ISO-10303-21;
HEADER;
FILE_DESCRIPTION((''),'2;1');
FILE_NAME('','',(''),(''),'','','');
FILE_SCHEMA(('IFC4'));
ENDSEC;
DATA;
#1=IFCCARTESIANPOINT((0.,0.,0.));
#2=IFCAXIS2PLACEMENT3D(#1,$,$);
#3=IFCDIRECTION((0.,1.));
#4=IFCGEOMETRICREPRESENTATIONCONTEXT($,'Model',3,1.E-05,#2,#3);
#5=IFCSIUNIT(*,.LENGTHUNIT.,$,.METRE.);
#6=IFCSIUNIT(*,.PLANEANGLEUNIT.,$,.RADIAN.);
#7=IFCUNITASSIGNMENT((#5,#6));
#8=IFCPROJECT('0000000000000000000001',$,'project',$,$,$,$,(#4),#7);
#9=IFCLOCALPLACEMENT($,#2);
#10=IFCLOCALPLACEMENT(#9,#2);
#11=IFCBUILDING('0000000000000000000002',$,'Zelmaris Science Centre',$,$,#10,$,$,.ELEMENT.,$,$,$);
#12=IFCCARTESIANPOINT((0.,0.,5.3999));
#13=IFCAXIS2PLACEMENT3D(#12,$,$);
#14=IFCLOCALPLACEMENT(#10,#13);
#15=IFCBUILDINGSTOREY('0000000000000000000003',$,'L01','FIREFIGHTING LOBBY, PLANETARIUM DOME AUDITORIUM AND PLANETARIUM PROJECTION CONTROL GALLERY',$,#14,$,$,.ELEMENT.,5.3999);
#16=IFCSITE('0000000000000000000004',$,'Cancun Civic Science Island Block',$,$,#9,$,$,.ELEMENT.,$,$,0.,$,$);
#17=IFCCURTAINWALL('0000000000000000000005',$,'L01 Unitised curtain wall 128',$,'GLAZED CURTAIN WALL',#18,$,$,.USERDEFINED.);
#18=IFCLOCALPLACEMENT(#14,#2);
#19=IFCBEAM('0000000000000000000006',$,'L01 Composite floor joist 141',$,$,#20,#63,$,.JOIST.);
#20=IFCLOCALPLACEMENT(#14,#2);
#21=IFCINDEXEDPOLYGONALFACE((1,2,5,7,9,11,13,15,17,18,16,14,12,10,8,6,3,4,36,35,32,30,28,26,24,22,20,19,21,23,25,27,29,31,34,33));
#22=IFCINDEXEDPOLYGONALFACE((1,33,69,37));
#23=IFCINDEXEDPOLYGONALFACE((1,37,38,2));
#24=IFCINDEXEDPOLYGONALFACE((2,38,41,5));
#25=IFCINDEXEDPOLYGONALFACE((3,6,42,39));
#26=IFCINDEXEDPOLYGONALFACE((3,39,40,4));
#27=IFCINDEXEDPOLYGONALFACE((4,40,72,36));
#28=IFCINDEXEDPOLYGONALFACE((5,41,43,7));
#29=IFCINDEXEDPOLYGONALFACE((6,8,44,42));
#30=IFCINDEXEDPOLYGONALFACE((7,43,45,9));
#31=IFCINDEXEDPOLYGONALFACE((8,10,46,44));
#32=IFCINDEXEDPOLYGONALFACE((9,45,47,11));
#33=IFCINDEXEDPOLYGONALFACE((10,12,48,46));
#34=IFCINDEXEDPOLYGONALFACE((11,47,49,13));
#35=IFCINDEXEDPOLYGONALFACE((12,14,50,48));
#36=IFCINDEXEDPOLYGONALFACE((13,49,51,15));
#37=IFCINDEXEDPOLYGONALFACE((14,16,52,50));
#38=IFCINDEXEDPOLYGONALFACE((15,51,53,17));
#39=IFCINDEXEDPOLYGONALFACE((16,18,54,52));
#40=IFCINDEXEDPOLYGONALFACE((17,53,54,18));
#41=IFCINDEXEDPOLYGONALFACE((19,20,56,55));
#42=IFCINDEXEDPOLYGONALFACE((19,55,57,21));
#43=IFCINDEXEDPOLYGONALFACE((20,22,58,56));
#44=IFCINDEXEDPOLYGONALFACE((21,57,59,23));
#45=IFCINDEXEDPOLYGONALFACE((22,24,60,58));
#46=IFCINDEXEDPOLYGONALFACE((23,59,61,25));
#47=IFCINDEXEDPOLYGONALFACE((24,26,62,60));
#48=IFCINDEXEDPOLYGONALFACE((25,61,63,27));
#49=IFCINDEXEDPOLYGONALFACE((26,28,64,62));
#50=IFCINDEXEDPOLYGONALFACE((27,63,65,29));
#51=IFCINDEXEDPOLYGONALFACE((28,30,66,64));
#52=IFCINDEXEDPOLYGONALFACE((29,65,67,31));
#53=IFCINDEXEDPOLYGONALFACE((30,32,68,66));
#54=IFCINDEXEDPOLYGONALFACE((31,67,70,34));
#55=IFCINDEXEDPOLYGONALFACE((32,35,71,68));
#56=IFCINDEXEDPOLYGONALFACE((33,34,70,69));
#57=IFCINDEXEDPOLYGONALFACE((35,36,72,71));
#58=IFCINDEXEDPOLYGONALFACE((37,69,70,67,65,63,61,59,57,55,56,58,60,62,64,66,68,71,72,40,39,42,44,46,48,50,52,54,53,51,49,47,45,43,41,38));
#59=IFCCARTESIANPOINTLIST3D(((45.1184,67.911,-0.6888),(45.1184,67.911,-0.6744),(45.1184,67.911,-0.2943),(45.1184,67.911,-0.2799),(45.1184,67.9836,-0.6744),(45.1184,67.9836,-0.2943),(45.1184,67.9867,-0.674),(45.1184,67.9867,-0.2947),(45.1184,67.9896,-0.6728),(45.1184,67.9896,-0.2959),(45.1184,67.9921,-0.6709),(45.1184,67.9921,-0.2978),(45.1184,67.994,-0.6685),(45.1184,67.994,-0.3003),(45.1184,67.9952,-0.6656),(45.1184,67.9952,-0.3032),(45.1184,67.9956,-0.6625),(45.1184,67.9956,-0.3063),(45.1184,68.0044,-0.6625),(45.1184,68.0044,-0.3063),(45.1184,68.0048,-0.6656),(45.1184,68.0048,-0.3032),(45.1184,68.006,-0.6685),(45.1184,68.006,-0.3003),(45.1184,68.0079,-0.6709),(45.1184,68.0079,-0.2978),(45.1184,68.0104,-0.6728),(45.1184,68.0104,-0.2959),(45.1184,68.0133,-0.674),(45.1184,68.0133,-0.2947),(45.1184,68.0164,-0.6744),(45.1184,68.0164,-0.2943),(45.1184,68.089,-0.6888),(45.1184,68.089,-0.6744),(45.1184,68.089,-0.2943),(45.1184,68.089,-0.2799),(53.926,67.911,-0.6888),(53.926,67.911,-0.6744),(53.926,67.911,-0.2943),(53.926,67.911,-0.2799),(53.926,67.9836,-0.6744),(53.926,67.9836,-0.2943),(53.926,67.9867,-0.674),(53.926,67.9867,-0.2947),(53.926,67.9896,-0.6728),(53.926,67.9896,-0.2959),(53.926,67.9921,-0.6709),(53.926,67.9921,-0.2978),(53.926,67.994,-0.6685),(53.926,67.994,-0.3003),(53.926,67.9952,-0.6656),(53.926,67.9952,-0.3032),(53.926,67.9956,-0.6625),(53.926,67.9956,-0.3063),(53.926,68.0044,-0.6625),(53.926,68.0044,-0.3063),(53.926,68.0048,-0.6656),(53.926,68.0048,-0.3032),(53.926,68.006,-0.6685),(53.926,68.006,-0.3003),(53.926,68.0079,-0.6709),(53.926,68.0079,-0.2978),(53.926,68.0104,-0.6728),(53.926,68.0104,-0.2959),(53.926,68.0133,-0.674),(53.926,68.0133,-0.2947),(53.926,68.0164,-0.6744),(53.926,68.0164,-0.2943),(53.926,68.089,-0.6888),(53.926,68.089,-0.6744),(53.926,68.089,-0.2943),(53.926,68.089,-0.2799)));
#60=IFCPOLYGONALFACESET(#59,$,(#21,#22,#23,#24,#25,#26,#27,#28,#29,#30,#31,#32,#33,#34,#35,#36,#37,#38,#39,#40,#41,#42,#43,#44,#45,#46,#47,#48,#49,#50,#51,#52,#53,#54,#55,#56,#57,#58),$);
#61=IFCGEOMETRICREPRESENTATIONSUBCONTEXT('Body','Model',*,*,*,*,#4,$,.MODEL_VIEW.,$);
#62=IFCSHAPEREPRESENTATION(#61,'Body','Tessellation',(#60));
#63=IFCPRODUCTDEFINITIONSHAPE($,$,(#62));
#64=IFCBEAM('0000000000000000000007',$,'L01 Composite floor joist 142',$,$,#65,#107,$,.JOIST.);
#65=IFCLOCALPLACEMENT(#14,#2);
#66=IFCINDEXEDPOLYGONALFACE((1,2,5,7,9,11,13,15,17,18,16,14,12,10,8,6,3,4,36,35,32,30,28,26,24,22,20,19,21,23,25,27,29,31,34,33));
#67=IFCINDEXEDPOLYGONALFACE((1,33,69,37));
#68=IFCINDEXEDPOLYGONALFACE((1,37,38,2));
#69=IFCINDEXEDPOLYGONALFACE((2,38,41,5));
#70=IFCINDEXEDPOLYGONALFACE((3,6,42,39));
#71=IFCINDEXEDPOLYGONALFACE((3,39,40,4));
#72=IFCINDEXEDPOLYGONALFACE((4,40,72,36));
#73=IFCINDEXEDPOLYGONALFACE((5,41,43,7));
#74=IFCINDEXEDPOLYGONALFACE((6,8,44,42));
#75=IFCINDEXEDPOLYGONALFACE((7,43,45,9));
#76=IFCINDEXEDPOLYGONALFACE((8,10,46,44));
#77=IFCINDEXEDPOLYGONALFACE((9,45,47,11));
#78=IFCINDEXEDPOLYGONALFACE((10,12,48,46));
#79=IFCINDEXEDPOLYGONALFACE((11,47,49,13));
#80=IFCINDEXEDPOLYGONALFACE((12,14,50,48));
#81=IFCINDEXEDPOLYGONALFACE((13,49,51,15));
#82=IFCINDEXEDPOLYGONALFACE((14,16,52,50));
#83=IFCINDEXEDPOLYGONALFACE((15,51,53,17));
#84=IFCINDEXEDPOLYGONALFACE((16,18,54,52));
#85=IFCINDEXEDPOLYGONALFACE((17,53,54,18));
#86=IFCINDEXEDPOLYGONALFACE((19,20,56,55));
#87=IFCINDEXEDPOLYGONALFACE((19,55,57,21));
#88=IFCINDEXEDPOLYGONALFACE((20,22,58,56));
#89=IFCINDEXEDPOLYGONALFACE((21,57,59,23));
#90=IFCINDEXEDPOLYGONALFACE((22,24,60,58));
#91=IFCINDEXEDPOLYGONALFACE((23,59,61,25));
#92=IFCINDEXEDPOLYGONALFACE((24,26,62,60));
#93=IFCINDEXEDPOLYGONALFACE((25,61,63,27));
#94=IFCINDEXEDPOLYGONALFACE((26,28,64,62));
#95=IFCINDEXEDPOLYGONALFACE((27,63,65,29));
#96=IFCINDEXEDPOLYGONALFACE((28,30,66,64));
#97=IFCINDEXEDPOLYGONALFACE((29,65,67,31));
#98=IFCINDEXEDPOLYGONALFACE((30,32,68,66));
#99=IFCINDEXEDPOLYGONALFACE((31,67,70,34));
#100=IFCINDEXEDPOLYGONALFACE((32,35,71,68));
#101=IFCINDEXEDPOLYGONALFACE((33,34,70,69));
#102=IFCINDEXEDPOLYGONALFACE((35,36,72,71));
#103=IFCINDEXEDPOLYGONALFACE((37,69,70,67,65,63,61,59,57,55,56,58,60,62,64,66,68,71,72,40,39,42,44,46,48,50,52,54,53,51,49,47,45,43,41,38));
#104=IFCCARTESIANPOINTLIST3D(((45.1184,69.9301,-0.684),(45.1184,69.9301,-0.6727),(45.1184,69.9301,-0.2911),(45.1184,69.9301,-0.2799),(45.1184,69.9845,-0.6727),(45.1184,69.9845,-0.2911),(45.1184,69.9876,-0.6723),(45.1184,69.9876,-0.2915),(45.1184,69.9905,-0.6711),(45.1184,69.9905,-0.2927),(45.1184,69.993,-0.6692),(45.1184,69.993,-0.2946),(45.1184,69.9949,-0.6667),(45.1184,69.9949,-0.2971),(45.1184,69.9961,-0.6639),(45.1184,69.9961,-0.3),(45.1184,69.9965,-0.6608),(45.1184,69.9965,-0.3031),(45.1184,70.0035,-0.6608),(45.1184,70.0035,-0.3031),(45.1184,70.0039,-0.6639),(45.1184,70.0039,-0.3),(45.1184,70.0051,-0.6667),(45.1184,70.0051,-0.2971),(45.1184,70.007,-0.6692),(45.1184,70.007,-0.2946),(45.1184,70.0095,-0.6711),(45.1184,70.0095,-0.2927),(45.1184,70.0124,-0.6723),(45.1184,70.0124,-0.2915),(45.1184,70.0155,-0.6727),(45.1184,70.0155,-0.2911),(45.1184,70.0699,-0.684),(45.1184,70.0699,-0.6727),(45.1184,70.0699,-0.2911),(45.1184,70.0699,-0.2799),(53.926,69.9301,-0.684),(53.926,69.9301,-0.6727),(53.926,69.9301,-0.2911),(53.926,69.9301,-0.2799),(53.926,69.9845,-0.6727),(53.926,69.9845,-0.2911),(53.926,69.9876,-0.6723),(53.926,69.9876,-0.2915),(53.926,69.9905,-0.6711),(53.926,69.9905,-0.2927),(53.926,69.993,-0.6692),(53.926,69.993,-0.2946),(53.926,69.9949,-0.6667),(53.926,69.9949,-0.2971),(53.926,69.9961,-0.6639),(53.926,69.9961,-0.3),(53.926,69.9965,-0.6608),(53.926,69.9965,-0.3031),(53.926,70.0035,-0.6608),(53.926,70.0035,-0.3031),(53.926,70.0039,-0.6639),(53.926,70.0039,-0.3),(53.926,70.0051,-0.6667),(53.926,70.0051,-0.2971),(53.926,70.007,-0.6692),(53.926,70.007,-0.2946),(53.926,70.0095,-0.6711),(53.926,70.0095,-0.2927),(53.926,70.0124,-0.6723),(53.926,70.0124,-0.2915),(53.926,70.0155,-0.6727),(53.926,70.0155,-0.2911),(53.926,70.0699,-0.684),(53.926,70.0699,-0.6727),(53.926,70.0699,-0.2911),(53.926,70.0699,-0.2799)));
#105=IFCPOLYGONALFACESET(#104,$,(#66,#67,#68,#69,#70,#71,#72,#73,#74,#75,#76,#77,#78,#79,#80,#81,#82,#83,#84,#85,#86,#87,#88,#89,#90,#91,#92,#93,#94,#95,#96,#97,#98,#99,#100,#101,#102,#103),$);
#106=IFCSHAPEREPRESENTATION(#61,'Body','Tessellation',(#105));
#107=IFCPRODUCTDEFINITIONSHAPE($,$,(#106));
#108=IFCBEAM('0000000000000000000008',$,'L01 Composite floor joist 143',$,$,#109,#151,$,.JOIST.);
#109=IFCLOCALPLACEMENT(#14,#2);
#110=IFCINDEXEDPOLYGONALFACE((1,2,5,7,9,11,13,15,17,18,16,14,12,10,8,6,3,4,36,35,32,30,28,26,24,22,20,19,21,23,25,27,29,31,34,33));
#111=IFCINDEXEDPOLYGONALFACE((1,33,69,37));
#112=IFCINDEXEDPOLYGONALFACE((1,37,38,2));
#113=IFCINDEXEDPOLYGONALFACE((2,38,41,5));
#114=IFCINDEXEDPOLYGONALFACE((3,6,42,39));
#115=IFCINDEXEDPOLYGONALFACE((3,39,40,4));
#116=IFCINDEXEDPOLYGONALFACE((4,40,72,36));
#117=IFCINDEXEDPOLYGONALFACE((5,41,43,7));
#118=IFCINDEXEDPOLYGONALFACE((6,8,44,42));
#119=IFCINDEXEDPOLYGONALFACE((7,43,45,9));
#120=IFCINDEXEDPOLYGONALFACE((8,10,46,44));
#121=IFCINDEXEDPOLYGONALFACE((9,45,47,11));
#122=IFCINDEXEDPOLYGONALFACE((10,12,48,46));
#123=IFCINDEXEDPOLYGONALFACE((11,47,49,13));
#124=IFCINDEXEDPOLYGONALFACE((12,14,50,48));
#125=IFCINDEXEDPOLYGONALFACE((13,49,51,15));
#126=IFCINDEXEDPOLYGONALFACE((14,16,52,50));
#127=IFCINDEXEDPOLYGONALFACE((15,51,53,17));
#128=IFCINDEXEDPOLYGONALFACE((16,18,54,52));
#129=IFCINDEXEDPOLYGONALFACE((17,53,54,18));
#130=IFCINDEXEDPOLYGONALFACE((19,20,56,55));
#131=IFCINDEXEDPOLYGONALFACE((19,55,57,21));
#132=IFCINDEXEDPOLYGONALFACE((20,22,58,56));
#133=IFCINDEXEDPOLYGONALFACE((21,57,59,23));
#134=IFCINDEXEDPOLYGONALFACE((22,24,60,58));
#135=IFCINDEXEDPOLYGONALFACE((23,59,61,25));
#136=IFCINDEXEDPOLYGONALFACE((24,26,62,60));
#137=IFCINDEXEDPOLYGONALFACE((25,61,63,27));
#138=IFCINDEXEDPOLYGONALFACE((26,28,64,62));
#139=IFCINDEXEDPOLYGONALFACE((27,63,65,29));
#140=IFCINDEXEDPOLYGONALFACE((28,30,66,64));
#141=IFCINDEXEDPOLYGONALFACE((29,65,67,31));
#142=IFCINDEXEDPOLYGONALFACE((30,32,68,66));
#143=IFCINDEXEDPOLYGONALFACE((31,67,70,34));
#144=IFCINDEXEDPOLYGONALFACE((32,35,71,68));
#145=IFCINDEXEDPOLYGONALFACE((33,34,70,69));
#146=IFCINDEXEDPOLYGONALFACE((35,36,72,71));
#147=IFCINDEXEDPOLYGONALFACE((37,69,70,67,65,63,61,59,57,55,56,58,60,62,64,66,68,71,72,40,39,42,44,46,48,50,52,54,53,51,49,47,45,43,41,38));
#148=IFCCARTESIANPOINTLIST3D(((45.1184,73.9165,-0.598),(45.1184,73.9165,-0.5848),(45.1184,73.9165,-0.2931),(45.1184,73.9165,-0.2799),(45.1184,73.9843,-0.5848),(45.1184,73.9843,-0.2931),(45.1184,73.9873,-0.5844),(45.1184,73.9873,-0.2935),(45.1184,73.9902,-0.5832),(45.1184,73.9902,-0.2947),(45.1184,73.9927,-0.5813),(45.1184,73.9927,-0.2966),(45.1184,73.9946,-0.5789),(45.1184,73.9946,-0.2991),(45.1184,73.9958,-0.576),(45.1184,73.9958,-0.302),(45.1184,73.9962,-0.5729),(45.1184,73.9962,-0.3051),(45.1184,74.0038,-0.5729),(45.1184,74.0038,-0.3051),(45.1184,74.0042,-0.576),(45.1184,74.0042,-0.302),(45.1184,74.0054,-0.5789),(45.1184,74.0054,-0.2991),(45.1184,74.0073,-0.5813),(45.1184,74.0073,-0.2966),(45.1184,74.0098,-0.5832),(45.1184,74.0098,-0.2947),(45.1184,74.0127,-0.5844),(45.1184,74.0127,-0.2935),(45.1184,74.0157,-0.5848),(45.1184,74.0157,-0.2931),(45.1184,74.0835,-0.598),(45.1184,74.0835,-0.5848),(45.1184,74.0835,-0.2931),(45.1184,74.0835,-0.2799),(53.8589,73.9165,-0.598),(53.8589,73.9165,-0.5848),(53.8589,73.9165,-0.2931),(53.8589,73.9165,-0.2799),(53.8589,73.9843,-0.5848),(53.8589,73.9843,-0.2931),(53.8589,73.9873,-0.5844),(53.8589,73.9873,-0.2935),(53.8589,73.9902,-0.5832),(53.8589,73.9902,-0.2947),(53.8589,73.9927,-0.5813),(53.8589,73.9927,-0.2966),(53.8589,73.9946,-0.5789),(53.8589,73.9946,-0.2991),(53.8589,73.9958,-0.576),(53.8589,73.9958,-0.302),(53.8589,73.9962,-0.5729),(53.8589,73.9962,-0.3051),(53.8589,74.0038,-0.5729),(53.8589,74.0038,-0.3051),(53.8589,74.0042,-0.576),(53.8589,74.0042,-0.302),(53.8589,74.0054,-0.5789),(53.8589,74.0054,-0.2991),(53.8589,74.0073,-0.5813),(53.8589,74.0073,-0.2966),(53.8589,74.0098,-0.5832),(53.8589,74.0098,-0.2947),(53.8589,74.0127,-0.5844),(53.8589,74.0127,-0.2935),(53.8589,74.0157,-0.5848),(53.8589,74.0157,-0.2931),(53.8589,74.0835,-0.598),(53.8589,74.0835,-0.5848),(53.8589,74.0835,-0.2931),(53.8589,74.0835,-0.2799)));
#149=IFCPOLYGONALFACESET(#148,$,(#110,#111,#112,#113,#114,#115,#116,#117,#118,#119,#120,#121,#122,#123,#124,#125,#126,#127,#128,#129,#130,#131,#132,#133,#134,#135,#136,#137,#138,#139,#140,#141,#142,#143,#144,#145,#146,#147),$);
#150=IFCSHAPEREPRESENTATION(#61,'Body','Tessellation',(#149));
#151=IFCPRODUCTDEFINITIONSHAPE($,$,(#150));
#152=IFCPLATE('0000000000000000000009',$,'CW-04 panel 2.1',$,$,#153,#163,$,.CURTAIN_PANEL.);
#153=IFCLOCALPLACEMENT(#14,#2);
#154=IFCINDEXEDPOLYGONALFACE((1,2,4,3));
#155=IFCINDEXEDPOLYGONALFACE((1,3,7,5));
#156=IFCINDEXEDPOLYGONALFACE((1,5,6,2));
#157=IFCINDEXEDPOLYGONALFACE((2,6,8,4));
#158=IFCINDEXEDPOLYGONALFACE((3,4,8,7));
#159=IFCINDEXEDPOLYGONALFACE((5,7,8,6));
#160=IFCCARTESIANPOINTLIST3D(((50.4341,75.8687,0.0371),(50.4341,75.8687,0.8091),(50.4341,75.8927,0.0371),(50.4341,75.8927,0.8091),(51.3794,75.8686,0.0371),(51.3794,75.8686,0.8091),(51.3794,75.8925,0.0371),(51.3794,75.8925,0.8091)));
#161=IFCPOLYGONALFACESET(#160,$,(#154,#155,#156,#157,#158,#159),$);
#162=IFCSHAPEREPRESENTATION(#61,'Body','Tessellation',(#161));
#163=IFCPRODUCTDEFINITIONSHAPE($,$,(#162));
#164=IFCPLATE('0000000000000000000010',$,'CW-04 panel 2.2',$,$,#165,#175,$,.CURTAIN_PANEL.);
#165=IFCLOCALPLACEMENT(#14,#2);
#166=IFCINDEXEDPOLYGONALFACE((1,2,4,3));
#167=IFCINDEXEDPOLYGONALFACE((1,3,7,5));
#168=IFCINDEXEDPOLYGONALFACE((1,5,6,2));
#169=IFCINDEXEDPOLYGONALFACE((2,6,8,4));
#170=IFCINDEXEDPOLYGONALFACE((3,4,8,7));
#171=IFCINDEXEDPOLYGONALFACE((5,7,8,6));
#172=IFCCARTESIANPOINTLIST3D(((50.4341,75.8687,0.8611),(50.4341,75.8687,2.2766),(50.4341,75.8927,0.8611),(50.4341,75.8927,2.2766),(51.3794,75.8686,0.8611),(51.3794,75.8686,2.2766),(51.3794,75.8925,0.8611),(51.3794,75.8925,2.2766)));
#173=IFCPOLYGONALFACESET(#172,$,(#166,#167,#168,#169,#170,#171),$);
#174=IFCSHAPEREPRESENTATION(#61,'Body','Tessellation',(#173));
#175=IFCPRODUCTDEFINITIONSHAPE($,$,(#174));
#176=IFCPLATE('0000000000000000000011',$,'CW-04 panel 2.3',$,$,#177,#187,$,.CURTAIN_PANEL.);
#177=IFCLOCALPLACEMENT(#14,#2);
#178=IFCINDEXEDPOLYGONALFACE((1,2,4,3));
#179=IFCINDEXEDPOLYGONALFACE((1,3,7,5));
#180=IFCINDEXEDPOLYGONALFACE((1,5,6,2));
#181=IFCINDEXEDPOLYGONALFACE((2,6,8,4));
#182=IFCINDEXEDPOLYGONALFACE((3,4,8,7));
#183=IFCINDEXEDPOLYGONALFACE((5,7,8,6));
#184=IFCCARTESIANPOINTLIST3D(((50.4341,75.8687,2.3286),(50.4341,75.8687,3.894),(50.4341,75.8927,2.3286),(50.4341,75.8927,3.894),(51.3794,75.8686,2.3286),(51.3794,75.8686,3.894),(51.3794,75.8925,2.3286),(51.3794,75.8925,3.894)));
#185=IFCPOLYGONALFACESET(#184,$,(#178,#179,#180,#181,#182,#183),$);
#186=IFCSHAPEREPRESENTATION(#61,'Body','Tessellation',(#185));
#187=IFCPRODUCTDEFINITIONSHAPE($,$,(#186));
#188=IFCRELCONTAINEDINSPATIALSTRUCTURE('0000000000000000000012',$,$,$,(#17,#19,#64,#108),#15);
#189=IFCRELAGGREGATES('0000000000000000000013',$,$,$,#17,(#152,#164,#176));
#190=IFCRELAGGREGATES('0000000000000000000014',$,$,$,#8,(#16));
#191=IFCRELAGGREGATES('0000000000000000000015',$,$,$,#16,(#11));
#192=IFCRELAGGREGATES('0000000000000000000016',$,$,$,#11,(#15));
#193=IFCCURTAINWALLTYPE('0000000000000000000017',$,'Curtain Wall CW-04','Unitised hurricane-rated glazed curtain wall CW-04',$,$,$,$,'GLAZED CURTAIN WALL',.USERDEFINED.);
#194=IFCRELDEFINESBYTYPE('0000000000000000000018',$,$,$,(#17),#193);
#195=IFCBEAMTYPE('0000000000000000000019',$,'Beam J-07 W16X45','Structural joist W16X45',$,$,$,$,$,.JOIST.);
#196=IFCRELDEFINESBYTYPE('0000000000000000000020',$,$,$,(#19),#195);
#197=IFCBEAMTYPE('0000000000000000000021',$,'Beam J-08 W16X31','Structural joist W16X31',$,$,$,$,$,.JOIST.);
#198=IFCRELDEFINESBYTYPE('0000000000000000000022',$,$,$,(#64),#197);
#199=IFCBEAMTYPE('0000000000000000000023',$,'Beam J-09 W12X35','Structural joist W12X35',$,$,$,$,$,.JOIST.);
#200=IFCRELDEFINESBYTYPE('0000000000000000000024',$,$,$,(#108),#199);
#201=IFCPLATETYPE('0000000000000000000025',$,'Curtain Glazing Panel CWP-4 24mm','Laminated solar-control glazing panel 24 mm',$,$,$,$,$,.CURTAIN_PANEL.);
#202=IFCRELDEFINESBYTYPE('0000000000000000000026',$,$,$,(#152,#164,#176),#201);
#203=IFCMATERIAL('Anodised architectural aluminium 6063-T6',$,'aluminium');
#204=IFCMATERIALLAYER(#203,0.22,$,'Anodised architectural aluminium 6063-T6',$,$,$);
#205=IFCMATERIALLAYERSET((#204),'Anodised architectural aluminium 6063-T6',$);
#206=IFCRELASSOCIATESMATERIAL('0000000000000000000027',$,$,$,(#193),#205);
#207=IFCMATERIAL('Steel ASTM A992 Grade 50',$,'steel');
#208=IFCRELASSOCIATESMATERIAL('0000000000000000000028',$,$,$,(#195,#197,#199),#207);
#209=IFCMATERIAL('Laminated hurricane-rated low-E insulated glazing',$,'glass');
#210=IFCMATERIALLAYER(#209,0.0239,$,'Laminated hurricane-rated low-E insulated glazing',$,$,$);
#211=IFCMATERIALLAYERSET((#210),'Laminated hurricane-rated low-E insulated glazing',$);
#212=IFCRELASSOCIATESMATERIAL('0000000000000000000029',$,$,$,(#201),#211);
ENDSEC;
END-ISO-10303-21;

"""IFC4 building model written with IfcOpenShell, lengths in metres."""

from ifc_helpers import new_model, si_unit, direction, frame, origin, origin_2d, place, context, subcontext, project, spatial, rectangle, i_section, extrude, material, layer, layer_set, material_profile, profile_set, type_object, element, aggregate, save


model = new_model("IFC4")

# Units and contexts
model_context = context("Model", 3, precision=1e-05, world=origin(), true_north=direction((0.0, 1.0)))
body_context = subcontext(model_context, "Body", "Model", "MODEL_VIEW")
ifc_project = project(units=[si_unit("LENGTHUNIT", "METRE"), si_unit("PLANEANGLEUNIT", "RADIAN")], contexts=[model_context])

# Site, building, storey
site_placement = place(None, origin())
site = spatial("IfcSite", under=ifc_project, at=site_placement, Name="Cancun Civic Science Island Block", CompositionType="ELEMENT", RefElevation=0.0)
building_placement = place(site_placement, origin())
building = spatial("IfcBuilding", under=site, at=building_placement, Name="Zelmaris Science Centre", CompositionType="ELEMENT")
storey_placement = place(building_placement, frame((0.0, 0.0, 5.3999)))
storey = spatial("IfcBuildingStorey", under=building, at=storey_placement, Name="L01", Description="FIREFIGHTING LOBBY, PLANETARIUM DOME AUDITORIUM AND PLANETARIUM PROJECTION CONTROL GALLERY", CompositionType="ELEMENT", Elevation=5.3999)

# Curtain wall
ifc_material_1 = material(Name="Anodised architectural aluminium 6063-T6", Category="aluminium")
ifc_layer_1 = layer(ifc_material_1, 0.22, Name="Anodised architectural aluminium 6063-T6")
ifc_layer_set_1 = layer_set([ifc_layer_1], Name="Anodised architectural aluminium 6063-T6")
curtain_wall_type = type_object("IfcCurtainWallType", Name="Curtain Wall CW-04", Description="Unitised hurricane-rated glazed curtain wall CW-04", ElementType="GLAZED CURTAIN WALL", PredefinedType="USERDEFINED", material=ifc_layer_set_1)
curtain_wall_placement = place(storey_placement, origin())
curtain_wall = element("IfcCurtainWall", 1, at=curtain_wall_placement, inside=storey, type_object=curtain_wall_type, Name="L01 Unitised curtain wall 128", ObjectType="GLAZED CURTAIN WALL", PredefinedType="USERDEFINED")

# Beams
ifc_material_2 = material(Name="Steel ASTM A992 Grade 50", Category="steel")
ifc_material_profile_1 = material_profile(ifc_material_2, i_section(OverallWidth=0.178, OverallDepth=0.4089, WebThickness=0.0088, FlangeThickness=0.0144, FilletRadius=0.012, at=origin_2d()), Name="W16X45")
ifc_profile_set_1 = profile_set([ifc_material_profile_1], Name="Steel ASTM A992 Grade 50")
beam_type_1 = type_object("IfcBeamType", Name="Beam J-07 W16X45", Description="Structural joist W16X45", PredefinedType="JOIST", material=ifc_profile_set_1)
beam_1_placement = place(storey_placement, frame((45.1184, 68.0, -0.4844), z_axis=(1.0, 0.0, 0.0), x_axis=(0.0, 1.0, 0.0)))
element("IfcBeam", 2, at=beam_1_placement, inside=storey, type_object=beam_type_1, Name="L01 Composite floor joist 141", PredefinedType="JOIST", context=body_context, shape_type="SweptSolid", body=[
    extrude(i_section(OverallWidth=0.178, OverallDepth=0.4089, WebThickness=0.0088, FlangeThickness=0.0144, FilletRadius=0.012, at=origin_2d()), origin(), (0.0, 0.0, 1.0), 8.8076),
])
ifc_material_profile_2 = material_profile(ifc_material_2, i_section(OverallWidth=0.1399, OverallDepth=0.4041, WebThickness=0.0071, FlangeThickness=0.0112, FilletRadius=0.012, at=origin_2d()), Name="W16X31")
ifc_profile_set_2 = profile_set([ifc_material_profile_2], Name="Steel ASTM A992 Grade 50")
beam_type_2 = type_object("IfcBeamType", Name="Beam J-08 W16X31", Description="Structural joist W16X31", PredefinedType="JOIST", material=ifc_profile_set_2)
beam_2_placement = place(storey_placement, frame((45.1184, 70.0, -0.4819), z_axis=(1.0, 0.0, 0.0), x_axis=(0.0, 1.0, 0.0)))
element("IfcBeam", 3, at=beam_2_placement, inside=storey, type_object=beam_type_2, Name="L01 Composite floor joist 142", PredefinedType="JOIST", context=body_context, shape_type="SweptSolid", body=[
    extrude(i_section(OverallWidth=0.1399, OverallDepth=0.4041, WebThickness=0.0071, FlangeThickness=0.0112, FilletRadius=0.012, at=origin_2d()), origin(), (0.0, 0.0, 1.0), 8.8076),
])
ifc_material_profile_3 = material_profile(ifc_material_2, i_section(OverallWidth=0.167, OverallDepth=0.3181, WebThickness=0.0076, FlangeThickness=0.0132, FilletRadius=0.012, at=origin_2d()), Name="W12X35")
ifc_profile_set_3 = profile_set([ifc_material_profile_3], Name="Steel ASTM A992 Grade 50")
beam_type_3 = type_object("IfcBeamType", Name="Beam J-09 W12X35", Description="Structural joist W12X35", PredefinedType="JOIST", material=ifc_profile_set_3)
beam_3_placement = place(storey_placement, frame((45.1184, 74.0, -0.439), z_axis=(1.0, 0.0, 0.0), x_axis=(0.0, 1.0, 0.0)))
element("IfcBeam", 4, at=beam_3_placement, inside=storey, type_object=beam_type_3, Name="L01 Composite floor joist 143", PredefinedType="JOIST", context=body_context, shape_type="SweptSolid", body=[
    extrude(i_section(OverallWidth=0.167, OverallDepth=0.3181, WebThickness=0.0076, FlangeThickness=0.0132, FilletRadius=0.012, at=origin_2d()), origin(), (0.0, 0.0, 1.0), 8.7405),
])

# Plates
ifc_material_3 = material(Name="Laminated hurricane-rated low-E insulated glazing", Category="glass")
ifc_layer_2 = layer(ifc_material_3, 0.0239, Name="Laminated hurricane-rated low-E insulated glazing")
ifc_layer_set_2 = layer_set([ifc_layer_2], Name="Laminated hurricane-rated low-E insulated glazing")
plate_type = type_object("IfcPlateType", Name="Curtain Glazing Panel CWP-4 24mm", Description="Laminated solar-control glazing panel 24 mm", PredefinedType="CURTAIN_PANEL", material=ifc_layer_set_2)
plate_1_placement = place(storey_placement, frame((50.9067, 75.8806, 0.0371), z_axis=(0.0, 0.0, 1.0), x_axis=(1.0, -0.000201, 0.0)))
plate_1 = element("IfcPlate", 5, at=plate_1_placement, type_object=plate_type, Name="CW-04 panel 2.1", PredefinedType="CURTAIN_PANEL", context=body_context, shape_type="SweptSolid", body=[
    extrude(rectangle(XDim=0.9453, YDim=0.0239, at=origin_2d()), origin(), (0.0, 0.0, 1.0), 0.772),
])
plate_2_placement = place(storey_placement, frame((50.9067, 75.8806, 0.8611), z_axis=(0.0, 0.0, 1.0), x_axis=(1.0, -0.000201, 0.0)))
plate_2 = element("IfcPlate", 6, at=plate_2_placement, type_object=plate_type, Name="CW-04 panel 2.2", PredefinedType="CURTAIN_PANEL", context=body_context, shape_type="SweptSolid", body=[
    extrude(rectangle(XDim=0.9453, YDim=0.0239, at=origin_2d()), origin(), (0.0, 0.0, 1.0), 1.4155),
])
plate_3_placement = place(storey_placement, frame((50.9067, 75.8806, 2.3286), z_axis=(0.0, 0.0, 1.0), x_axis=(1.0, -0.000201, 0.0)))
plate_3 = element("IfcPlate", 7, at=plate_3_placement, type_object=plate_type, Name="CW-04 panel 2.3", PredefinedType="CURTAIN_PANEL", context=body_context, shape_type="SweptSolid", body=[
    extrude(rectangle(XDim=0.9453, YDim=0.0239, at=origin_2d()), origin(), (0.0, 0.0, 1.0), 1.5654),
])
aggregate(curtain_wall, [plate_1, plate_2, plate_3])

save(model, "model.ifc")
